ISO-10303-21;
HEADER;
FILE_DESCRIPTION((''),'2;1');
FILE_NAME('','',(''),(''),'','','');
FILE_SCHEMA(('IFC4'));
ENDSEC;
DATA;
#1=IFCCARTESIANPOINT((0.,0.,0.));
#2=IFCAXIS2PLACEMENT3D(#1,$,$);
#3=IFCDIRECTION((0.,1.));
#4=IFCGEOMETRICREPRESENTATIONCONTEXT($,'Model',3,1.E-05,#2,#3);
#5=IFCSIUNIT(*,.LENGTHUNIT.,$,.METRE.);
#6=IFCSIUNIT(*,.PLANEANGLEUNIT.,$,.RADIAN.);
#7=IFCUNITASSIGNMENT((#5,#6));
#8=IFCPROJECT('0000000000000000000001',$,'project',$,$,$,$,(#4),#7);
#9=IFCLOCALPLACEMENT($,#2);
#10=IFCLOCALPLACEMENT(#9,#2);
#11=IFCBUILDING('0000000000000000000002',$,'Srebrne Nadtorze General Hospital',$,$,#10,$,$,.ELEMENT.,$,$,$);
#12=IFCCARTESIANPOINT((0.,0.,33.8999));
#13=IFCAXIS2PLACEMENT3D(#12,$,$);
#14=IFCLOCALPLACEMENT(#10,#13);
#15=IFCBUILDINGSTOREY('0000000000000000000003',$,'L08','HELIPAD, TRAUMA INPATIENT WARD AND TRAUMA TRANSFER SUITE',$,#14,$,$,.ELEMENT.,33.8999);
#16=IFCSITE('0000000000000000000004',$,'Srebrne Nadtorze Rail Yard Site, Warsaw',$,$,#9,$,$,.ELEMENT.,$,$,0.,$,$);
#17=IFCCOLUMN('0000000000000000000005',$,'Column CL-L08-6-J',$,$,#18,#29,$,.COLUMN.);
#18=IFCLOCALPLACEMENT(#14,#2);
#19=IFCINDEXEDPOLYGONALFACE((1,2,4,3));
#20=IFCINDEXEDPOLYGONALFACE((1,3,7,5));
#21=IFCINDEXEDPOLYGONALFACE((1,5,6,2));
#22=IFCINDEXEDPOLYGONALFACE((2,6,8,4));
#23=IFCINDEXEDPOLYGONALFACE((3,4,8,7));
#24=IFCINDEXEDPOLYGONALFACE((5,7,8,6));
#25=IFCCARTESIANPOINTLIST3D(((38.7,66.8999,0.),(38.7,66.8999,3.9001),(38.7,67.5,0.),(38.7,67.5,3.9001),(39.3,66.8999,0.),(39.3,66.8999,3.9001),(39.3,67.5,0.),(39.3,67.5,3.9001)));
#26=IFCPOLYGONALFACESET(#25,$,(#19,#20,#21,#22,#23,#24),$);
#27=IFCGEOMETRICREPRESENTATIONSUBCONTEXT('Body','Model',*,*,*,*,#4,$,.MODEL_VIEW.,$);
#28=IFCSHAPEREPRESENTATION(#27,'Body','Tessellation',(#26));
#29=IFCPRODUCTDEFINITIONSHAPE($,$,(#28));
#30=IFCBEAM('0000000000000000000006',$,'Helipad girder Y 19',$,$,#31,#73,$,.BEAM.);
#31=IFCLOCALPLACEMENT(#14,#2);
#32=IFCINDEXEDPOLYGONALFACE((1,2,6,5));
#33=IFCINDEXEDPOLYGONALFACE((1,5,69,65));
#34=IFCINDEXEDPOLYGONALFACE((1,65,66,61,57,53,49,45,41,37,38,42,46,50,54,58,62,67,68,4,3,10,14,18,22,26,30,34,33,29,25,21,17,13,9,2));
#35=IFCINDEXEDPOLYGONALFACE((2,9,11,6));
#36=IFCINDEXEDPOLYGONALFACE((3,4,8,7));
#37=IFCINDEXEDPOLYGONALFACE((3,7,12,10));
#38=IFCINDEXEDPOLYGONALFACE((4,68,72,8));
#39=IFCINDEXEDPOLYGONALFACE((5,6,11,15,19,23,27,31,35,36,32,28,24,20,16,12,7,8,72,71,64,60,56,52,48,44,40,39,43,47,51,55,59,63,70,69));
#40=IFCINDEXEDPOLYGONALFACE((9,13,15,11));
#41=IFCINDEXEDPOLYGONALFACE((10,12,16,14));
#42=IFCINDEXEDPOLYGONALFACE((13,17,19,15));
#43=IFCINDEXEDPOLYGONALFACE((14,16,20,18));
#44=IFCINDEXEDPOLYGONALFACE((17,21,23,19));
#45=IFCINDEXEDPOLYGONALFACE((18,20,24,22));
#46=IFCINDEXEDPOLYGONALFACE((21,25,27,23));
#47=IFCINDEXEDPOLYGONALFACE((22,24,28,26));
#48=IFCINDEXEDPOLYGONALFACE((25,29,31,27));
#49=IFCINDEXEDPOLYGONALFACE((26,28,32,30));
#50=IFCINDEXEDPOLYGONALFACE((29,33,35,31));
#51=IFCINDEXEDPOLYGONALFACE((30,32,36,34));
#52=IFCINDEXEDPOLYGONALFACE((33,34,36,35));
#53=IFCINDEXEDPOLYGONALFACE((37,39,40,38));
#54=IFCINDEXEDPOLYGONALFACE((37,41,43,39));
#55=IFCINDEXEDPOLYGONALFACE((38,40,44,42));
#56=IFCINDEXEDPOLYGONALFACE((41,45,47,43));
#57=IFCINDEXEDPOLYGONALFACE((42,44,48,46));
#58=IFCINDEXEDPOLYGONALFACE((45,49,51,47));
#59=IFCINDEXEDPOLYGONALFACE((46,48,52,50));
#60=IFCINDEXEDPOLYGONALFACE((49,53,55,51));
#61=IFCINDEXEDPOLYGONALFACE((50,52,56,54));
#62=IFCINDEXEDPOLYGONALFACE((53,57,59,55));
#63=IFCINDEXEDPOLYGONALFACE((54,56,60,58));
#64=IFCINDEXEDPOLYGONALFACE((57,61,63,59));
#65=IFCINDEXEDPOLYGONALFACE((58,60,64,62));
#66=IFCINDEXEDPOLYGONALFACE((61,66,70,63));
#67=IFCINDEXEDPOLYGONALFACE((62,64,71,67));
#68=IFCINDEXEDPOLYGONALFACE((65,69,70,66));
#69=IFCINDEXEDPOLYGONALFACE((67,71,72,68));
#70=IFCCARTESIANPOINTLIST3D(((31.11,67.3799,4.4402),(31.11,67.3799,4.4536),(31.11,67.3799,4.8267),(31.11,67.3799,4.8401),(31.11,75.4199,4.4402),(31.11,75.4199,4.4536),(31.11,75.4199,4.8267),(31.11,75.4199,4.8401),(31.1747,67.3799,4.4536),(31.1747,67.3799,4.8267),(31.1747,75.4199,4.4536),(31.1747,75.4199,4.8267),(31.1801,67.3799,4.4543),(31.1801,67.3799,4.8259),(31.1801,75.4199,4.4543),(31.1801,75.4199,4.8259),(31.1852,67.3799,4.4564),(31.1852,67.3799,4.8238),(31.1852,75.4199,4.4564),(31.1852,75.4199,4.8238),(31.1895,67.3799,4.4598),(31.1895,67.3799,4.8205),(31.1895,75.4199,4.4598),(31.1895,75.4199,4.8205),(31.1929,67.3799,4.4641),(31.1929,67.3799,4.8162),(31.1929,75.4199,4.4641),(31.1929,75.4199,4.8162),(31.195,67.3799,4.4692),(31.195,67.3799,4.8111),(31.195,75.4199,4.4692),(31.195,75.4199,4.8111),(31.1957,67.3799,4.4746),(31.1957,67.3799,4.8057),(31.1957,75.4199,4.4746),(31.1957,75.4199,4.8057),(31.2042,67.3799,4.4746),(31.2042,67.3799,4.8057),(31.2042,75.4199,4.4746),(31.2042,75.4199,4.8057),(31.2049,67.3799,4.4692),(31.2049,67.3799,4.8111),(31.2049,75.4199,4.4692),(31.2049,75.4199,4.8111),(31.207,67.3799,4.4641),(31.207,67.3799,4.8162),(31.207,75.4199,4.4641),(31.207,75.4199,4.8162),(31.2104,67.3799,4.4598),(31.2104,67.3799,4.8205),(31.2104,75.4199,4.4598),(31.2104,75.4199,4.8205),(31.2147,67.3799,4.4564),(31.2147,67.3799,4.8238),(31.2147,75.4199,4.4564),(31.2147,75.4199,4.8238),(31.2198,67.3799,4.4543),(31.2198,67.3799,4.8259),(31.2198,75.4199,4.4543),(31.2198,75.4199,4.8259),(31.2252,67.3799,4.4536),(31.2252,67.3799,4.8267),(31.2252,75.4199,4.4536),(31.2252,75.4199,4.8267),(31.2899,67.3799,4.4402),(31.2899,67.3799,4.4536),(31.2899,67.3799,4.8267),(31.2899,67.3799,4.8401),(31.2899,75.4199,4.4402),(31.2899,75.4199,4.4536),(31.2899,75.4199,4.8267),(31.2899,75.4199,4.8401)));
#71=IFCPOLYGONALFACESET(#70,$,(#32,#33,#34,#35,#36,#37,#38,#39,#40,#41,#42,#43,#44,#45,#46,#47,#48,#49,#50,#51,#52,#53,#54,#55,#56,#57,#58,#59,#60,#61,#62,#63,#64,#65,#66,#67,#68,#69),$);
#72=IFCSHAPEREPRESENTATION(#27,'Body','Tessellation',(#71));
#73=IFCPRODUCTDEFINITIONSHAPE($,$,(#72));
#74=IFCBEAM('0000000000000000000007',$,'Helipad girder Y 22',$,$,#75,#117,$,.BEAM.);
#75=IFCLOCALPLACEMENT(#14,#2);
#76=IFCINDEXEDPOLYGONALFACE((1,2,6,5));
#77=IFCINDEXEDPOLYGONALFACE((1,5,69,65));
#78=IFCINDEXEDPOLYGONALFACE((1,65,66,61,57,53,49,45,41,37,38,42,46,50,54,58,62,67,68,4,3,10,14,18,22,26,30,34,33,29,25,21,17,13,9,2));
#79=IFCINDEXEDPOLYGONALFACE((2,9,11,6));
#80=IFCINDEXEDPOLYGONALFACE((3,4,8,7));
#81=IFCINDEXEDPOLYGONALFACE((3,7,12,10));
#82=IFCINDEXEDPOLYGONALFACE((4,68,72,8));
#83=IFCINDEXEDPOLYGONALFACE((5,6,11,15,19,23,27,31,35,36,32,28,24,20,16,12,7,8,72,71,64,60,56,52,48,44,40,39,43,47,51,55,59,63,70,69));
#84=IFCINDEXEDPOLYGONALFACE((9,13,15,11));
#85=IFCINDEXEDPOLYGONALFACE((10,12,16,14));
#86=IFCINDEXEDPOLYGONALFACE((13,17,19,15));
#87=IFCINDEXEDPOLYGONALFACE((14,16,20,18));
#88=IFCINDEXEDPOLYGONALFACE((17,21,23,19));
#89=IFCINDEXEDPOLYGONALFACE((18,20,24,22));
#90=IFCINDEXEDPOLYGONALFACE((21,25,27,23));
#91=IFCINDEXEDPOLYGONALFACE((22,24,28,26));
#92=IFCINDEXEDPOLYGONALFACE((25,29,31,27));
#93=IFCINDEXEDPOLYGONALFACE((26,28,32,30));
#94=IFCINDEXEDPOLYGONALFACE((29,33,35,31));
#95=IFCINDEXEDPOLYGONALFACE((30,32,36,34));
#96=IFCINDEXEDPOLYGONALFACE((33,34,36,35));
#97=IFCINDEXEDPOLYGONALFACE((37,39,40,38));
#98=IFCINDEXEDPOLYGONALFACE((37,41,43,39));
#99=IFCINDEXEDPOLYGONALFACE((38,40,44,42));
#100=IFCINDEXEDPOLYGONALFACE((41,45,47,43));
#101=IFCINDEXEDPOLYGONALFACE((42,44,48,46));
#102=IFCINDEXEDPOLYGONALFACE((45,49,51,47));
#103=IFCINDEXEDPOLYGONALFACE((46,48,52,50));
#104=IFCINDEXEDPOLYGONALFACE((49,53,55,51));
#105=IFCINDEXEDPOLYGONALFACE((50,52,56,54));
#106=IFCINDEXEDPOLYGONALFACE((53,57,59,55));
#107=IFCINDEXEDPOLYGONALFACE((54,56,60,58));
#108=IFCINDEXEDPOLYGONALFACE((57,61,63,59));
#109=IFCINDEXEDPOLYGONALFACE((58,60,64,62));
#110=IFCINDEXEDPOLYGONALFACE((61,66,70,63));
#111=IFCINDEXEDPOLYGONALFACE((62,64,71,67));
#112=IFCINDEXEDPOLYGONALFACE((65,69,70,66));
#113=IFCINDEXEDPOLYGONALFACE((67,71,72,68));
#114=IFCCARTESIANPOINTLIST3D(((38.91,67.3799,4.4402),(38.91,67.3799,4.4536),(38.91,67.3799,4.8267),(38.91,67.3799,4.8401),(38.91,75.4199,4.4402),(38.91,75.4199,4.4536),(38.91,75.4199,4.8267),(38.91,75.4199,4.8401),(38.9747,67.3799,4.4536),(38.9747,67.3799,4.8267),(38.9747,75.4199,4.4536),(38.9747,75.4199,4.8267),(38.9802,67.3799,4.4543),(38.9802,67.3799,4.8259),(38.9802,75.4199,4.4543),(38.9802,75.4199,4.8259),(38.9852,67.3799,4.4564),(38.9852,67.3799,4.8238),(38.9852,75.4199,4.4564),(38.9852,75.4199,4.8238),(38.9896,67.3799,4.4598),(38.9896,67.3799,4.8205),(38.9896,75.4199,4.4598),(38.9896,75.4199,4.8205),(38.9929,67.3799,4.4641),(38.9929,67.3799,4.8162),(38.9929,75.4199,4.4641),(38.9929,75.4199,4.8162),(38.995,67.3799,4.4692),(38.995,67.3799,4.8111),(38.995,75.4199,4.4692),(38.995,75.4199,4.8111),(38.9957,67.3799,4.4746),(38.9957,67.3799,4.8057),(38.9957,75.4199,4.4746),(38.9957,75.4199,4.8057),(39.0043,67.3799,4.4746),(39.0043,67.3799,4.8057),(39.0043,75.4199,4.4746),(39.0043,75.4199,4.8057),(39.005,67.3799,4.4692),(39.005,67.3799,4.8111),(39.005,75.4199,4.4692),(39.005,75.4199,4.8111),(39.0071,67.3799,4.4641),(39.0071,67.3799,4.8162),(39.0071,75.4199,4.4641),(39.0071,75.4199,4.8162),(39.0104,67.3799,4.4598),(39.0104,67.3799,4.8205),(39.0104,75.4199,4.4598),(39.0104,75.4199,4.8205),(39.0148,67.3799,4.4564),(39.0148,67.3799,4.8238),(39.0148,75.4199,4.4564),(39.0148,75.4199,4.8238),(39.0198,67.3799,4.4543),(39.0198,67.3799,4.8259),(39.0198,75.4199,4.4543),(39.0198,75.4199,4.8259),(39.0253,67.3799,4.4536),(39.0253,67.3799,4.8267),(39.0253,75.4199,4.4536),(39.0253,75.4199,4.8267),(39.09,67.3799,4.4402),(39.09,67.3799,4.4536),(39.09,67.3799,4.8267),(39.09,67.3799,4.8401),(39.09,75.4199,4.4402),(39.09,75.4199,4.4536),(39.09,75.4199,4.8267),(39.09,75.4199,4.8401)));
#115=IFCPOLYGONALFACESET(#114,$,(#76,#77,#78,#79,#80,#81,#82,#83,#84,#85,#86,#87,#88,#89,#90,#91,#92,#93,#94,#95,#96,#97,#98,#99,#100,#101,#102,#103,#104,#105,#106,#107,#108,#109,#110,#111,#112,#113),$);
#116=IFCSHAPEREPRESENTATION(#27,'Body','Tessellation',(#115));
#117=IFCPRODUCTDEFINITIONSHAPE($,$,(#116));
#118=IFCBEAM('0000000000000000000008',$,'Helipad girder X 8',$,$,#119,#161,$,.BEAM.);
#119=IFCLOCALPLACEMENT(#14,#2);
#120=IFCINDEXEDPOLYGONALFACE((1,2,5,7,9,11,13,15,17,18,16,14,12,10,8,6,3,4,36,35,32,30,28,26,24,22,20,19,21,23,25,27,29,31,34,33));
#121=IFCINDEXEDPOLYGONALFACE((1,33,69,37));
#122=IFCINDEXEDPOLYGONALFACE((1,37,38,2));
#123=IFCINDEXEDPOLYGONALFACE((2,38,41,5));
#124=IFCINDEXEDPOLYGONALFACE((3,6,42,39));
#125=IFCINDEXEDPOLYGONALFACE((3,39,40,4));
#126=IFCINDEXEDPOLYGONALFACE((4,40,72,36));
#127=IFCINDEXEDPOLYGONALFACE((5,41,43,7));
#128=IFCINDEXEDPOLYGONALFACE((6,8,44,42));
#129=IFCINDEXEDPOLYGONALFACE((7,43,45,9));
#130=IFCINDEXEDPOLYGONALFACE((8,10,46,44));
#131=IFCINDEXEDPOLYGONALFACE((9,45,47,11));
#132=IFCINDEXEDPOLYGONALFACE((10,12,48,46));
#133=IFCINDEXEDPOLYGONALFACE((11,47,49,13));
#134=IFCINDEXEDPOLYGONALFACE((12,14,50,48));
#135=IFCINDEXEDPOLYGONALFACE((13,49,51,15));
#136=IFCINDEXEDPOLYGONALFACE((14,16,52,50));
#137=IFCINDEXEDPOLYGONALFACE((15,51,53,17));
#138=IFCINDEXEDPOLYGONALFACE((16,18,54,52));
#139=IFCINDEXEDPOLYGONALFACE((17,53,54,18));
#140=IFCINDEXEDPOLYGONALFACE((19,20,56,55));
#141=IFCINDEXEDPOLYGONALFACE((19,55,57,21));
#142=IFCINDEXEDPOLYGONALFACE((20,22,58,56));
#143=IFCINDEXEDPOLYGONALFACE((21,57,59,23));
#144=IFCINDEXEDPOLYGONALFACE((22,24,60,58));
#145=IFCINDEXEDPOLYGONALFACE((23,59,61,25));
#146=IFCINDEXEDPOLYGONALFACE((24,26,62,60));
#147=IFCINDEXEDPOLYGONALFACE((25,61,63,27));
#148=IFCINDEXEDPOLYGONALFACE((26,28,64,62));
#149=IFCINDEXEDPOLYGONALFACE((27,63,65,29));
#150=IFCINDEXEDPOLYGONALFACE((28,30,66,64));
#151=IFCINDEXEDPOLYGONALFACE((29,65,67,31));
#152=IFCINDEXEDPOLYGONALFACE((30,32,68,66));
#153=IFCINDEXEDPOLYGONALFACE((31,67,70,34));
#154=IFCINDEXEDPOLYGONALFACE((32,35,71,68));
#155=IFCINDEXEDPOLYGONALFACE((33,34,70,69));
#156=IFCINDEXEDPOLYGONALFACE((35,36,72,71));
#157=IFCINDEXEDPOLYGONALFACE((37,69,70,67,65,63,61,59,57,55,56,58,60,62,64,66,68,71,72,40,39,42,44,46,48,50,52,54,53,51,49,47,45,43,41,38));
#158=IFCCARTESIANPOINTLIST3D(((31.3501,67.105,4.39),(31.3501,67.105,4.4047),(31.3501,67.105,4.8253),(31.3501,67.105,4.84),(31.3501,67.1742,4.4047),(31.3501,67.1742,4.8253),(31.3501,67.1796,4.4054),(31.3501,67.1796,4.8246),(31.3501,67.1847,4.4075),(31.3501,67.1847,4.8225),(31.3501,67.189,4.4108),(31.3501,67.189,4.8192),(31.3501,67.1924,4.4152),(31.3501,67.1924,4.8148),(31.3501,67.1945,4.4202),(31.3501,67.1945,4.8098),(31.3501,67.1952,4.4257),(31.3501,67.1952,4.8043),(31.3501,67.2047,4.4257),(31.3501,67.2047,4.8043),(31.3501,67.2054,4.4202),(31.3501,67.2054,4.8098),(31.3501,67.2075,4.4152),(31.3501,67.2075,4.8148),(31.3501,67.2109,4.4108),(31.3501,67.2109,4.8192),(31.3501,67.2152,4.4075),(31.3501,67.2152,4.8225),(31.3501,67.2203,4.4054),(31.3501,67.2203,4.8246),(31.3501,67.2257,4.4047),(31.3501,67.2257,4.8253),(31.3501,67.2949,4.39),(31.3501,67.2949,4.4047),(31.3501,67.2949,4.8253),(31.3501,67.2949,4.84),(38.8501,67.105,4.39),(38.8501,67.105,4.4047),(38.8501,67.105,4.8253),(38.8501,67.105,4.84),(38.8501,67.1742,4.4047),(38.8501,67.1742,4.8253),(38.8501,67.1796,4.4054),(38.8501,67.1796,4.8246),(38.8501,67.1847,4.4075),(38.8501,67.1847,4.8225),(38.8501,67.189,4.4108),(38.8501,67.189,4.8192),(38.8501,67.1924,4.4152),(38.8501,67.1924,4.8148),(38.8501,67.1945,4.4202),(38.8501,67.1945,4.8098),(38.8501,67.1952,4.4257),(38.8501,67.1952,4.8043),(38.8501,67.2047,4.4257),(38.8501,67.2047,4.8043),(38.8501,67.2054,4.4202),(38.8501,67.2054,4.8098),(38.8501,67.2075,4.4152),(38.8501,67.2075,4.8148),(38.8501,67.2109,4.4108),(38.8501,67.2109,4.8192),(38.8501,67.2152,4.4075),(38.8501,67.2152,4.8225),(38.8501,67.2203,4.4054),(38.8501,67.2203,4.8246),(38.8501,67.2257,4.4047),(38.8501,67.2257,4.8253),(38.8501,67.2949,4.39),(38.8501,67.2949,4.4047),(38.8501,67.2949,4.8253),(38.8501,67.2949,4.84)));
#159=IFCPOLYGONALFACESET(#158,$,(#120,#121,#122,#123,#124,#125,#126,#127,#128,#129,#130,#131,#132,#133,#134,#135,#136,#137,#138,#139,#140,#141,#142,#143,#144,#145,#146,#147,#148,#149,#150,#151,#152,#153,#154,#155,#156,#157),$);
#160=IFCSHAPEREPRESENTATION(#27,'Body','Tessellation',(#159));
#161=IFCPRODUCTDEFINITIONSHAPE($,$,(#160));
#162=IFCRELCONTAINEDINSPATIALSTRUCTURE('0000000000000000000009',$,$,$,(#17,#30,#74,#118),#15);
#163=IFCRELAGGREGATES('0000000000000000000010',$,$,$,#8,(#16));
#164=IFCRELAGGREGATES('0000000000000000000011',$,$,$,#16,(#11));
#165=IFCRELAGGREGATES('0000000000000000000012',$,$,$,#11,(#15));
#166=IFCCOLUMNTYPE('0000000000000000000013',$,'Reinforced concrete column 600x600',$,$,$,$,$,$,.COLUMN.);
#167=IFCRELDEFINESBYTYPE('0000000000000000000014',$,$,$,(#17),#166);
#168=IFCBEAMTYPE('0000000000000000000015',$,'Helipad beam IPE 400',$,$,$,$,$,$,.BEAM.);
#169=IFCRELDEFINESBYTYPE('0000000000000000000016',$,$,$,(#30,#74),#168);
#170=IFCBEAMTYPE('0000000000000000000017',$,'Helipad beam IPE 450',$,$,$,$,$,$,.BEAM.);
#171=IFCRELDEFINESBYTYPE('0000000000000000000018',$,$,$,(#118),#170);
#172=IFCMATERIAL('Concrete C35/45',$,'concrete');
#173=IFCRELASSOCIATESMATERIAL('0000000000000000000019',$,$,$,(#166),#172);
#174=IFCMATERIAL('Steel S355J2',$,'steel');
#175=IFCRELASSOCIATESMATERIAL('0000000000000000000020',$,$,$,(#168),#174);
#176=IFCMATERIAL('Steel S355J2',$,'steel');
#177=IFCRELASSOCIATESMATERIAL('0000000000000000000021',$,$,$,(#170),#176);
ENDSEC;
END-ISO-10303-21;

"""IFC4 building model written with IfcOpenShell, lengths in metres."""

from ifc_helpers import new_model, si_unit, direction, frame, origin, origin_2d, place, context, subcontext, project, spatial, rectangle, i_section, extrude, material, material_profile, profile_set, type_object, element, save


model = new_model("IFC4")

# Units and contexts
model_context = context("Model", 3, precision=1e-05, world=origin(), true_north=direction((0.0, 1.0)))
body_context = subcontext(model_context, "Body", "Model", "MODEL_VIEW")
ifc_project = project(units=[si_unit("LENGTHUNIT", "METRE"), si_unit("PLANEANGLEUNIT", "RADIAN")], contexts=[model_context])

# Site, building, storey
site_placement = place(None, origin())
site = spatial("IfcSite", under=ifc_project, at=site_placement, Name="Srebrne Nadtorze Rail Yard Site, Warsaw", CompositionType="ELEMENT", RefElevation=0.0)
building_placement = place(site_placement, origin())
building = spatial("IfcBuilding", under=site, at=building_placement, Name="Srebrne Nadtorze General Hospital", CompositionType="ELEMENT")
storey_placement = place(building_placement, frame((0.0, 0.0, 33.8999)))
storey = spatial("IfcBuildingStorey", under=building, at=storey_placement, Name="L08", Description="HELIPAD, TRAUMA INPATIENT WARD AND TRAUMA TRANSFER SUITE", CompositionType="ELEMENT", Elevation=33.8999)

# Column
ifc_material_1 = material(Name="Concrete C35/45", Category="concrete")
ifc_material_profile_1 = material_profile(ifc_material_1, rectangle(XDim=0.6001, YDim=0.6001, at=origin_2d()), Name="RC-COL-600x600")
ifc_profile_set_1 = profile_set([ifc_material_profile_1], Name="Concrete C35/45")
column_type = type_object("IfcColumnType", Name="Reinforced concrete column 600x600", PredefinedType="COLUMN", material=ifc_profile_set_1)
column_placement = place(storey_placement, frame((39.0, 67.2, 0.0), z_axis=(0.0, 0.0, 1.0), x_axis=(1.0, 0.0, 0.0)))
element("IfcColumn", 1, at=column_placement, inside=storey, type_object=column_type, Name="Column CL-L08-6-J", PredefinedType="COLUMN", context=body_context, shape_type="SweptSolid", body=[
    extrude(rectangle(XDim=0.6001, YDim=0.6001, at=origin_2d()), origin(), (0.0, 0.0, 1.0), 3.9001),
])

# Beams
ifc_material_2 = material(Name="Steel S355J2", Category="steel")
ifc_material_profile_2 = material_profile(ifc_material_2, i_section(OverallWidth=0.1799, OverallDepth=0.3999, WebThickness=0.0085, FlangeThickness=0.0134, FilletRadius=0.021, at=origin_2d()), Name="IPE-400")
ifc_profile_set_2 = profile_set([ifc_material_profile_2], Name="Steel S355J2")
beam_type_1 = type_object("IfcBeamType", Name="Helipad beam IPE 400", PredefinedType="BEAM", material=ifc_profile_set_2)
for number, where, z_axis, x_axis, name in (
    (2, (31.2, 67.3799, 4.6401), (0.0, 1.0, 0.0), (-1.0, 0.0, 0.0), "Helipad girder Y 19"),
    (3, (39.0, 67.3799, 4.6401), (0.0, 1.0, 0.0), (-1.0, 0.0, 0.0), "Helipad girder Y 22"),
):
    element("IfcBeam", number, at=place(storey_placement, frame(where, z_axis=z_axis, x_axis=x_axis)), inside=storey, type_object=beam_type_1, Name=name, PredefinedType="BEAM", context=body_context, shape_type="SweptSolid", body=[
        extrude(i_section(OverallWidth=0.1799, OverallDepth=0.3999, WebThickness=0.0085, FlangeThickness=0.0134, FilletRadius=0.021, at=origin_2d()), origin(), (0.0, 0.0, 1.0), 8.04),
    ])
ifc_material_3 = material(Name="Steel S355J2", Category="steel")
ifc_material_profile_3 = material_profile(ifc_material_3, i_section(OverallWidth=0.1899, OverallDepth=0.45, WebThickness=0.0095, FlangeThickness=0.0146, FilletRadius=0.021, at=origin_2d()), Name="IPE-450")
ifc_profile_set_3 = profile_set([ifc_material_profile_3], Name="Steel S355J2")
beam_type_2 = type_object("IfcBeamType", Name="Helipad beam IPE 450", PredefinedType="BEAM", material=ifc_profile_set_3)
beam_1_placement = place(storey_placement, frame((31.3501, 67.2, 4.615), z_axis=(1.0, 0.0, 0.0), x_axis=(0.0, 1.0, 0.0)))
element("IfcBeam", 4, at=beam_1_placement, inside=storey, type_object=beam_type_2, Name="Helipad girder X 8", PredefinedType="BEAM", context=body_context, shape_type="SweptSolid", body=[
    extrude(i_section(OverallWidth=0.1899, OverallDepth=0.45, WebThickness=0.0095, FlangeThickness=0.0146, FilletRadius=0.021, at=origin_2d()), origin(), (0.0, 0.0, 1.0), 7.5),
])

save(model, "model.ifc")
